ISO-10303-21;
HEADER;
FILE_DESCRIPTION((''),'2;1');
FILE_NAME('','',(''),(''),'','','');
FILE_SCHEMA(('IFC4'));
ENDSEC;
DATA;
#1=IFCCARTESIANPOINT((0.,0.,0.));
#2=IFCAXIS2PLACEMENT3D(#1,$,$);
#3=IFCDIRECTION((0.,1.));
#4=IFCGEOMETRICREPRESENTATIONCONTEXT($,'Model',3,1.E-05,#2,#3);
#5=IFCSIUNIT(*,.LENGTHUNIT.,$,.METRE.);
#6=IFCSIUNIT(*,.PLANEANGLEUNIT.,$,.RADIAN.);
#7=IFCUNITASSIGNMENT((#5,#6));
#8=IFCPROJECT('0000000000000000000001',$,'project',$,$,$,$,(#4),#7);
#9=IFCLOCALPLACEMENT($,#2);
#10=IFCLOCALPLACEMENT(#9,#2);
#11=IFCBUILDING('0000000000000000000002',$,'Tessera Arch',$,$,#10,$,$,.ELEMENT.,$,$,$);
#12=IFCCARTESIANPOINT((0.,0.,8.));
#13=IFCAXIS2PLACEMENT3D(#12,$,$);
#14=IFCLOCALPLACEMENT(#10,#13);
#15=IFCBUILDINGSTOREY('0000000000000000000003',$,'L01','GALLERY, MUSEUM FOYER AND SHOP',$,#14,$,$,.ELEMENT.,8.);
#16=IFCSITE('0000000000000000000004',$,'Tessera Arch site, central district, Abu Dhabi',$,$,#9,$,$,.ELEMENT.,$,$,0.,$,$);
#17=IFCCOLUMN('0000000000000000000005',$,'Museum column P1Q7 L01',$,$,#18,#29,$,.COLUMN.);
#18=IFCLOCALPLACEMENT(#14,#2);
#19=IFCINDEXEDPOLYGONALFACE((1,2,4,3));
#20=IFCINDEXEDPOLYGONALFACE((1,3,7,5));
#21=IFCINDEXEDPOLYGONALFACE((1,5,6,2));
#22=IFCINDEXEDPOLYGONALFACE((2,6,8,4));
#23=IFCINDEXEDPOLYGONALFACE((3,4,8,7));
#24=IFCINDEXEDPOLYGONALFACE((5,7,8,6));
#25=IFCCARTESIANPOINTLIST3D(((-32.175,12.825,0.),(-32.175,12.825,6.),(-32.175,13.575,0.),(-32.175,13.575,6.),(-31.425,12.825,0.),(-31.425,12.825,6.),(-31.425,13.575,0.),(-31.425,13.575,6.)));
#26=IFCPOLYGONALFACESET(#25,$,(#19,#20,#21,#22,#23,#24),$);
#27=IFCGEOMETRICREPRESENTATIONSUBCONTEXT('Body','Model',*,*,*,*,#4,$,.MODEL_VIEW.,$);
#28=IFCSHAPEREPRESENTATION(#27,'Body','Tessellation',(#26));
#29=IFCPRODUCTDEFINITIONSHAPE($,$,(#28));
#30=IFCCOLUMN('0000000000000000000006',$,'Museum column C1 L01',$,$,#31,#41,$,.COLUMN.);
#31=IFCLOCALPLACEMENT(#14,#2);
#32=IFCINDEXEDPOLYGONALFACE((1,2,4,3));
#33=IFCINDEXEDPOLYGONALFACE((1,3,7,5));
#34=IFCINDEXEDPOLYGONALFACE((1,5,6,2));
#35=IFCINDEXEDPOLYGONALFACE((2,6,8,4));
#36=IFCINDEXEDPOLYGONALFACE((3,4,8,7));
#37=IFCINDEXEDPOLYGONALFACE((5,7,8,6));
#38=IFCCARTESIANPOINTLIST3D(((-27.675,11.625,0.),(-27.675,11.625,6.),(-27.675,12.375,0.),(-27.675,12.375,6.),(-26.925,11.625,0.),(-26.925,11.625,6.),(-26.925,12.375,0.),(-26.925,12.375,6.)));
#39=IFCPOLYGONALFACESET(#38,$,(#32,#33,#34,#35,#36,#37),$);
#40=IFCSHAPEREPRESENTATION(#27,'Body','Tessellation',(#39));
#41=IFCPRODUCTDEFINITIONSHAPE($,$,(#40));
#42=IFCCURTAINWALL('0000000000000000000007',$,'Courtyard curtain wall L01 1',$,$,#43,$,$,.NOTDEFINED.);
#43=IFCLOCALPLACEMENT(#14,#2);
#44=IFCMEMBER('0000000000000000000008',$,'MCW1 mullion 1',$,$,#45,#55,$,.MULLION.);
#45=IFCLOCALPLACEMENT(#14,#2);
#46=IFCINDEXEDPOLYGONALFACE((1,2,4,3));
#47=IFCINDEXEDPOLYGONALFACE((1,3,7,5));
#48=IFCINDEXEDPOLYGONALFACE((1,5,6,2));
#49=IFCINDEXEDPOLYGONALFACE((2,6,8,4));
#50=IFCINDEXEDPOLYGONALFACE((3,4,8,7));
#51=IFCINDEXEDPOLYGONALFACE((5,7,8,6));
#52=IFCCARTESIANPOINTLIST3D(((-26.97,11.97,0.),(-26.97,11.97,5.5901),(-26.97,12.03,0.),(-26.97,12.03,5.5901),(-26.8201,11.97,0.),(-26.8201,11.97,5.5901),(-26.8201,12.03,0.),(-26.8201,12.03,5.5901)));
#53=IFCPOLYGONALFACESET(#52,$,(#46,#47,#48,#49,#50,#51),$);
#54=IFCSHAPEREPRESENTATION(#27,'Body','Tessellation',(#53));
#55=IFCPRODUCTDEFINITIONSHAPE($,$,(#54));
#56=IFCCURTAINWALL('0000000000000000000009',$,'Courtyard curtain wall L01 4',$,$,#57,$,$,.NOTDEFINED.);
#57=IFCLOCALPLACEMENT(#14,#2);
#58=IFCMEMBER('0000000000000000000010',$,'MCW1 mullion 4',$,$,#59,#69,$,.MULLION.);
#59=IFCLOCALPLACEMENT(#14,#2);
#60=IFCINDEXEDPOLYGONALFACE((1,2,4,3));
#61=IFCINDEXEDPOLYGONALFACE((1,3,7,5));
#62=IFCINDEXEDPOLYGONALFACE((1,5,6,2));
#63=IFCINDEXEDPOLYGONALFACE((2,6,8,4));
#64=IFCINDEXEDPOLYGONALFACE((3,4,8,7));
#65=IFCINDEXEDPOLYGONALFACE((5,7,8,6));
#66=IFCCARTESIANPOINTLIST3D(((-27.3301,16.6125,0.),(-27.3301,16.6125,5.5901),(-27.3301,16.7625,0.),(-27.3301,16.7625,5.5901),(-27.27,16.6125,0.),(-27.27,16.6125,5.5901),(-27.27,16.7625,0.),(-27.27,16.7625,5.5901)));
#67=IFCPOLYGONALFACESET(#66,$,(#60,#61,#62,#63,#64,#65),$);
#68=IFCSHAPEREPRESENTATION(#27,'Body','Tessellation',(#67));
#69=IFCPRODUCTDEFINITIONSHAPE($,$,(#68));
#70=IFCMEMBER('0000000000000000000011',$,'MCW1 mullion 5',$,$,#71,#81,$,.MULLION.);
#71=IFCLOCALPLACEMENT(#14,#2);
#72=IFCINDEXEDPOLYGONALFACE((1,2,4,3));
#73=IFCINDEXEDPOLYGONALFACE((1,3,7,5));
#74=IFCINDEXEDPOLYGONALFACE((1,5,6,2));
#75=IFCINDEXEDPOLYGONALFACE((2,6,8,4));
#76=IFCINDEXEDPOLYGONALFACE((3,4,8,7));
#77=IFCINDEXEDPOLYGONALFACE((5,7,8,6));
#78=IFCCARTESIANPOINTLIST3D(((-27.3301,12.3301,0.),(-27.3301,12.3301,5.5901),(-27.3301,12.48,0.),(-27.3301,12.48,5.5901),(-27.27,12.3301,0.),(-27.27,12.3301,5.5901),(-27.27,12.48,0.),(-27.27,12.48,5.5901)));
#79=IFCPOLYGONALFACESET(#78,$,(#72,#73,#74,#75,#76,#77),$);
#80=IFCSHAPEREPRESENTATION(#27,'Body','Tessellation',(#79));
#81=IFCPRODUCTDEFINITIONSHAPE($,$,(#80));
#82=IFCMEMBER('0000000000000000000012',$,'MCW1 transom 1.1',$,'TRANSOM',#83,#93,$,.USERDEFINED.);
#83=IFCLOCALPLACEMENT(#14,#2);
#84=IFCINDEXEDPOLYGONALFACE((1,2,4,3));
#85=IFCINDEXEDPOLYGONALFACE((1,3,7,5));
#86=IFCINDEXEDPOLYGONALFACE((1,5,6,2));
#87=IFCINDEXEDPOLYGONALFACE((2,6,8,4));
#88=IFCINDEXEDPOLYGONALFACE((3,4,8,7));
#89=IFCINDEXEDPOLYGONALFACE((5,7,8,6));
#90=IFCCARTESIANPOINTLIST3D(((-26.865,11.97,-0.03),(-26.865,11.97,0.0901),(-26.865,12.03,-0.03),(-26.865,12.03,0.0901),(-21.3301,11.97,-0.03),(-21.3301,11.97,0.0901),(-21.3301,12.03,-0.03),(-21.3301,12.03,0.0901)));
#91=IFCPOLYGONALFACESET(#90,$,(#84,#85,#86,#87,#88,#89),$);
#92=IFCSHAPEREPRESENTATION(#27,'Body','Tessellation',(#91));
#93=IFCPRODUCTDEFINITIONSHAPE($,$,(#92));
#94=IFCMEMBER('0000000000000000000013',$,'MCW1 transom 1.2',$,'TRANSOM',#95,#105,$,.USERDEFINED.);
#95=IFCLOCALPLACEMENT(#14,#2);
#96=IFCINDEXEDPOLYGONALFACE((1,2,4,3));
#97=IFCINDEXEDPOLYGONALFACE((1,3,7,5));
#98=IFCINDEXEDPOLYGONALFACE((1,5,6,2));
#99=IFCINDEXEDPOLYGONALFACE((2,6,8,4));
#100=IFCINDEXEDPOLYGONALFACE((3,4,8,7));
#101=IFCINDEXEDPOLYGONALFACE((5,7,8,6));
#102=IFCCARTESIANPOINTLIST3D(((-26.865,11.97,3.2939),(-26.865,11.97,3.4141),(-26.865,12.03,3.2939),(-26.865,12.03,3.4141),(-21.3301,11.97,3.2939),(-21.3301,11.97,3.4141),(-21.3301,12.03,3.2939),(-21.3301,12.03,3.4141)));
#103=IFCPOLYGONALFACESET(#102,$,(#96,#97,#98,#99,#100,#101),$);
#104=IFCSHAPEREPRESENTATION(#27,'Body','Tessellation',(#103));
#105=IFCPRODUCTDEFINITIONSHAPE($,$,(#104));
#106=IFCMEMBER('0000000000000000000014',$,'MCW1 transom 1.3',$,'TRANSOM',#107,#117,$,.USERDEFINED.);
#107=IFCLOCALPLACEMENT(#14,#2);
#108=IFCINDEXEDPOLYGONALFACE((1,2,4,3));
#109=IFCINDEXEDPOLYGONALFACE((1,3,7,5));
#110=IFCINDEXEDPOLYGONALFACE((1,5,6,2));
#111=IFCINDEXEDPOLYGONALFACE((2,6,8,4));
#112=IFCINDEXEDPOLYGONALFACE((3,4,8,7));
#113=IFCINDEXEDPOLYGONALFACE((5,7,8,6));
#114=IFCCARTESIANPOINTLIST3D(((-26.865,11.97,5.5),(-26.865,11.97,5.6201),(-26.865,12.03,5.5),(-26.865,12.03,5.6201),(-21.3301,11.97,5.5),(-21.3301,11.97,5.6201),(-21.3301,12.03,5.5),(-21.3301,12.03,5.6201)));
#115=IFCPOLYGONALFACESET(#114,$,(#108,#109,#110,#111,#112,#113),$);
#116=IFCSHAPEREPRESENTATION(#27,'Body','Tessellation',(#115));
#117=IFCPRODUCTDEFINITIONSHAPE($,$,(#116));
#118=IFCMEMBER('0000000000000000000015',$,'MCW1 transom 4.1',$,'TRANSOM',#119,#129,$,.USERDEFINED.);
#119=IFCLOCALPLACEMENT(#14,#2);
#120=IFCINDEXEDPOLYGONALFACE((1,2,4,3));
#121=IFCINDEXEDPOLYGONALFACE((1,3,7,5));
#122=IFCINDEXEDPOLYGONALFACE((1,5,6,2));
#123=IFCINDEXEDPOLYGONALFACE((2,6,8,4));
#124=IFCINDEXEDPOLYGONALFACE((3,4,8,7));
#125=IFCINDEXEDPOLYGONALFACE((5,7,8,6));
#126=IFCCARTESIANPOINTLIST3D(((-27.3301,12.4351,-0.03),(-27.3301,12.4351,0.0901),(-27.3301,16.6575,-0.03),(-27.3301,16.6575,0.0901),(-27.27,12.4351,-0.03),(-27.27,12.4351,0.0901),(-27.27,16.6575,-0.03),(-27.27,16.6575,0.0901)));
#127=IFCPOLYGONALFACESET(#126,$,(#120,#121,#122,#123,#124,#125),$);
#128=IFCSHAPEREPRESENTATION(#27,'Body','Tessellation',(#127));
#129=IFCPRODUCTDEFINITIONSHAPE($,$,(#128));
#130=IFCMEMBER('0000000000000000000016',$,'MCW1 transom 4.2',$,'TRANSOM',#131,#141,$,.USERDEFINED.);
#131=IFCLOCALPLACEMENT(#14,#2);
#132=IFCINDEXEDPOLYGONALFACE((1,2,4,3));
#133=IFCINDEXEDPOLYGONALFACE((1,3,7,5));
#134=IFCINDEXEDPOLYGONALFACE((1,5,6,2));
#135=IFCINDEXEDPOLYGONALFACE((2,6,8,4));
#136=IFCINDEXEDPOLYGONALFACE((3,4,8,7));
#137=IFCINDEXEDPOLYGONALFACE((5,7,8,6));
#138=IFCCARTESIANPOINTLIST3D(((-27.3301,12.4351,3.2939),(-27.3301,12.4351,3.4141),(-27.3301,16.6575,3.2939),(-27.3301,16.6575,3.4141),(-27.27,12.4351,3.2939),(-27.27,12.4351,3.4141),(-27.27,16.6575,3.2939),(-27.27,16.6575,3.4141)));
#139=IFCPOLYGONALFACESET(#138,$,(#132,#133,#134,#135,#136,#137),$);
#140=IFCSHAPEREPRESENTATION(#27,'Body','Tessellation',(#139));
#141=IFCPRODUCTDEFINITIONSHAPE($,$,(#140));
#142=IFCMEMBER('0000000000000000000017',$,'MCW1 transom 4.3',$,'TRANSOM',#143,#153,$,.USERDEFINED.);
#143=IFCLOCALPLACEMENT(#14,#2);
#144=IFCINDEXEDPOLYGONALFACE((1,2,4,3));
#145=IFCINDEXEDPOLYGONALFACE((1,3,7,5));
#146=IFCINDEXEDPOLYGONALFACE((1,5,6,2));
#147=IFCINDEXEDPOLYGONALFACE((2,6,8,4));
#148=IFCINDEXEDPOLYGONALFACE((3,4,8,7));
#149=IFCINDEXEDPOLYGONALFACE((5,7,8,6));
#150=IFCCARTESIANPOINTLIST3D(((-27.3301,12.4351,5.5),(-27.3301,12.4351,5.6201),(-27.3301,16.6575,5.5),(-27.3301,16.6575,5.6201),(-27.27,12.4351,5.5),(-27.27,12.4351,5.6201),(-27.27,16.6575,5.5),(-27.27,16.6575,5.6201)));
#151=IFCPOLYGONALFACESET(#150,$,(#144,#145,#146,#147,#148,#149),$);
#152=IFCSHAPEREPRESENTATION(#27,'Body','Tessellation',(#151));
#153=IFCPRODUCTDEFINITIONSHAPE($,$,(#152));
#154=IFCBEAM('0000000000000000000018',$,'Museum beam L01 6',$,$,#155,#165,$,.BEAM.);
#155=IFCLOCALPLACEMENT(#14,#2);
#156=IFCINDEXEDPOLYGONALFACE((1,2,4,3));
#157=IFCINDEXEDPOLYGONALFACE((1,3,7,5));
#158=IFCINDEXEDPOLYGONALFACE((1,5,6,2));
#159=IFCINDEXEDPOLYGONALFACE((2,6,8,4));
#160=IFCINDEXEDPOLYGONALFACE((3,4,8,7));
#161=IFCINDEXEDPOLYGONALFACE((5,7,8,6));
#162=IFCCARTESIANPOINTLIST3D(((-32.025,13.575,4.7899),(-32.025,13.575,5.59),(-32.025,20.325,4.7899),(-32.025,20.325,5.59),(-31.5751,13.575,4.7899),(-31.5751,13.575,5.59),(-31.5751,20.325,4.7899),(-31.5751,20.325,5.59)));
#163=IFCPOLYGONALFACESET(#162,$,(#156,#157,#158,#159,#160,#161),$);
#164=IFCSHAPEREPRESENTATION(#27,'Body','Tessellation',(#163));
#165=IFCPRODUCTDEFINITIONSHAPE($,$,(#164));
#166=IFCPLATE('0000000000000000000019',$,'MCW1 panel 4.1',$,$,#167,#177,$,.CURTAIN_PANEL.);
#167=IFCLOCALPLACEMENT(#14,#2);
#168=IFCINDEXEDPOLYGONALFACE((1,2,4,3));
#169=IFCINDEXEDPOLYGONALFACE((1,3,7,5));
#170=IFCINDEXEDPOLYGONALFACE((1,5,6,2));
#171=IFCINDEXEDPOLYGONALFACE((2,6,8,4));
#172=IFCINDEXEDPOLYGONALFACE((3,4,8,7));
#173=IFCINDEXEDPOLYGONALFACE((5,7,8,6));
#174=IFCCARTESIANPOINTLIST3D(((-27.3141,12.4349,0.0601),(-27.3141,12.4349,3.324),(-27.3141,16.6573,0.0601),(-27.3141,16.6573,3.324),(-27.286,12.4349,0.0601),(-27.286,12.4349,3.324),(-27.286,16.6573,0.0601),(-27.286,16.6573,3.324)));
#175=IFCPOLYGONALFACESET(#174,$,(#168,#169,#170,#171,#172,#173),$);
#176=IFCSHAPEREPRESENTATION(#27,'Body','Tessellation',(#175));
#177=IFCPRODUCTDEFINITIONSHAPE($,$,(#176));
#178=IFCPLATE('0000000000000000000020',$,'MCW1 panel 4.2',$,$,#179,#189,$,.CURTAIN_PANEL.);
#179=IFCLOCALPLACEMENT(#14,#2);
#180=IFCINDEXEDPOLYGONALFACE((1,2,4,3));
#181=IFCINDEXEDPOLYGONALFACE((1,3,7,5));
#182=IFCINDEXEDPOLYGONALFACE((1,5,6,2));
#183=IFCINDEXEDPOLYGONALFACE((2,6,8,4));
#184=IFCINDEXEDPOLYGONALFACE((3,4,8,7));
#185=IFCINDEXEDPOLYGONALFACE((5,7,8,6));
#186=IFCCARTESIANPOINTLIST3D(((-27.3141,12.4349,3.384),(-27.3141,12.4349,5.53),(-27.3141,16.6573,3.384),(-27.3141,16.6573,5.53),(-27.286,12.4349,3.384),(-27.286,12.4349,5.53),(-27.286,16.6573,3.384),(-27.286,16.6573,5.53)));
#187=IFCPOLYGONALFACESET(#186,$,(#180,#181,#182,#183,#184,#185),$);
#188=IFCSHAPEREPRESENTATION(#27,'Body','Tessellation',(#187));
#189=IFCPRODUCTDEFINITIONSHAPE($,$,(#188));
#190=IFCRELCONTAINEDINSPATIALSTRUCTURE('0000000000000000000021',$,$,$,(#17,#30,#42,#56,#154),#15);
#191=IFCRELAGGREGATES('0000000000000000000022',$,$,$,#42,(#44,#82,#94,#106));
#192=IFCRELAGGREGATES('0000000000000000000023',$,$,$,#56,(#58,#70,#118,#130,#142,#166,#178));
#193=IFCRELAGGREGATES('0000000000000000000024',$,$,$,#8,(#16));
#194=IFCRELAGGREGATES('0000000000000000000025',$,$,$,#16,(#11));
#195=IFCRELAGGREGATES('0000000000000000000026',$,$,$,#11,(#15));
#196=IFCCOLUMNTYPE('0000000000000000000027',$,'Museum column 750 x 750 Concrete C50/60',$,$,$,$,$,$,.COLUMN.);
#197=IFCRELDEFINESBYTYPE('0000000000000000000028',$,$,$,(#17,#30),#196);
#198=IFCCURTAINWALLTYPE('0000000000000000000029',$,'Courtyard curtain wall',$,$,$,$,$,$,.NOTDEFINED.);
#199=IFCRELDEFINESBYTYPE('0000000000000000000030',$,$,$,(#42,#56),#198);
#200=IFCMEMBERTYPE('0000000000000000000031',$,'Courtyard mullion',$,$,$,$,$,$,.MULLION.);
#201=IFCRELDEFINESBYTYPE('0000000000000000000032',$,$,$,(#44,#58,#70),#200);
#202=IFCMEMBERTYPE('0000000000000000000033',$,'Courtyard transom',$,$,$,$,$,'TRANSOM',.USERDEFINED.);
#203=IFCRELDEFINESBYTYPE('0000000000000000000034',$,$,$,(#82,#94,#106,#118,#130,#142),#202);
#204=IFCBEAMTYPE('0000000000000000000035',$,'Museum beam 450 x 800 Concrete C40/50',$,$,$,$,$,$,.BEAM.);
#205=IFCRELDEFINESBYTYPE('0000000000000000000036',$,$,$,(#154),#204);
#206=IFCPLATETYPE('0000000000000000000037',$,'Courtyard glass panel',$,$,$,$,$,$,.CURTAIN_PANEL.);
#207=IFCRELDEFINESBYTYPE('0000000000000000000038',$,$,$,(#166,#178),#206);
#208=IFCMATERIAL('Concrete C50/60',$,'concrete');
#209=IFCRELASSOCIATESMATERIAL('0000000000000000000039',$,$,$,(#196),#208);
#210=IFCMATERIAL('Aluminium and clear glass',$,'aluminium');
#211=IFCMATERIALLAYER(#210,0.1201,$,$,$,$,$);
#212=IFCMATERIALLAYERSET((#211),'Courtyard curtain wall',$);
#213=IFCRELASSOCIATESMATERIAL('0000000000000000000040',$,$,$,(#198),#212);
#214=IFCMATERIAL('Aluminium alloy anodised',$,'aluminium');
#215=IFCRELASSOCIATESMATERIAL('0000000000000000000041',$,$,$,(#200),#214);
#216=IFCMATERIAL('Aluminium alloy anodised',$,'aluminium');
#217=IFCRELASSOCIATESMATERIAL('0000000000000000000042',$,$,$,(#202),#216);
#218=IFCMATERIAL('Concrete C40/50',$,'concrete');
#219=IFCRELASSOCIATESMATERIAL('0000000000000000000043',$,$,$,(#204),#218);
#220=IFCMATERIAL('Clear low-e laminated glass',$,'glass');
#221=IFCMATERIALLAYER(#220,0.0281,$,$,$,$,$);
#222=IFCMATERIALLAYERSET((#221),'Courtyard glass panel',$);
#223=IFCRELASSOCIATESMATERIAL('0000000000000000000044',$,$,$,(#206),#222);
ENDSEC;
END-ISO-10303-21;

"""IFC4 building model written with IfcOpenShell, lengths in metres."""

from ifc_helpers import new_model, si_unit, direction, frame, origin, origin_2d, place, context, subcontext, project, spatial, rectangle, extrude, material, layer, layer_set, material_profile, profile_set, type_object, element, aggregate, save


model = new_model("IFC4")

# Units and contexts
model_context = context("Model", 3, precision=1e-05, world=origin(), true_north=direction((0.0, 1.0)))
body_context = subcontext(model_context, "Body", "Model", "MODEL_VIEW")
ifc_project = project(units=[si_unit("LENGTHUNIT", "METRE"), si_unit("PLANEANGLEUNIT", "RADIAN")], contexts=[model_context])

# Site, building, storey
site_placement = place(None, origin())
site = spatial("IfcSite", under=ifc_project, at=site_placement, Name="Tessera Arch site, central district, Abu Dhabi", CompositionType="ELEMENT", RefElevation=0.0)
building_placement = place(site_placement, origin())
building = spatial("IfcBuilding", under=site, at=building_placement, Name="Tessera Arch", CompositionType="ELEMENT")
storey_placement = place(building_placement, frame((0.0, 0.0, 8.0)))
storey = spatial("IfcBuildingStorey", under=building, at=storey_placement, Name="L01", Description="GALLERY, MUSEUM FOYER AND SHOP", CompositionType="ELEMENT", Elevation=8.0)

# Columns
ifc_material_1 = material(Name="Concrete C50/60", Category="concrete")
ifc_material_profile_1 = material_profile(ifc_material_1, rectangle(XDim=0.75, YDim=0.75, at=origin_2d()), Name="Museum column 750 x 750 Concrete C50/60")
ifc_profile_set_1 = profile_set([ifc_material_profile_1], Name="Concrete C50/60")
column_type = type_object("IfcColumnType", Name="Museum column 750 x 750 Concrete C50/60", PredefinedType="COLUMN", material=ifc_profile_set_1)
for number, where, z_axis, x_axis, name in (
    (1, (-31.8, 13.2, 0.0), (0.0, 0.0, 1.0), (1.0, 0.0, 0.0), "Museum column P1Q7 L01"),
    (2, (-27.3, 12.0, 0.0), (0.0, 0.0, 1.0), (1.0, 0.0, 0.0), "Museum column C1 L01"),
):
    element("IfcColumn", number, at=place(storey_placement, frame(where, z_axis=z_axis, x_axis=x_axis)), inside=storey, type_object=column_type, Name=name, PredefinedType="COLUMN", context=body_context, shape_type="SweptSolid", body=[
        extrude(rectangle(XDim=0.75, YDim=0.75, at=origin_2d()), origin(), (0.0, 0.0, 1.0), 6.0),
    ])

# Curtain wall, member
ifc_material_2 = material(Name="Aluminium and clear glass", Category="aluminium")
ifc_layer_1 = layer(ifc_material_2, 0.1201)
ifc_layer_set_1 = layer_set([ifc_layer_1], Name="Courtyard curtain wall")
curtain_wall_type = type_object("IfcCurtainWallType", Name="Courtyard curtain wall", PredefinedType="NOTDEFINED", material=ifc_layer_set_1)
curtain_wall_1_placement = place(storey_placement, origin())
curtain_wall_1 = element("IfcCurtainWall", 3, at=curtain_wall_1_placement, inside=storey, type_object=curtain_wall_type, Name="Courtyard curtain wall L01 1", PredefinedType="NOTDEFINED")
ifc_material_3 = material(Name="Aluminium alloy anodised", Category="aluminium")
ifc_material_profile_2 = material_profile(ifc_material_3, rectangle(XDim=0.0601, YDim=0.1499, at=origin_2d()), Name="Courtyard mullion")
ifc_profile_set_2 = profile_set([ifc_material_profile_2], Name="Aluminium alloy anodised")
member_type_1 = type_object("IfcMemberType", Name="Courtyard mullion", PredefinedType="MULLION", material=ifc_profile_set_2)
member_1_placement = place(storey_placement, frame((-26.895, 12.0, 0.0), z_axis=(0.0, 0.0, 1.0), x_axis=(0.0, 1.0, 0.0)))
member_1 = element("IfcMember", 4, at=member_1_placement, type_object=member_type_1, Name="MCW1 mullion 1", PredefinedType="MULLION", context=body_context, shape_type="SweptSolid", body=[
    extrude(rectangle(XDim=0.0601, YDim=0.1499, at=origin_2d()), origin(), (0.0, 0.0, 1.0), 5.5901),
])

# Curtain wall, members
curtain_wall_2_placement = place(storey_placement, origin())
curtain_wall_2 = element("IfcCurtainWall", 5, at=curtain_wall_2_placement, inside=storey, type_object=curtain_wall_type, Name="Courtyard curtain wall L01 4", PredefinedType="NOTDEFINED")
member_2_placement = place(storey_placement, frame((-27.3, 16.6875, 0.0), z_axis=(0.0, 0.0, 1.0), x_axis=(1.0, 0.0, 0.0)))
member_2 = element("IfcMember", 6, at=member_2_placement, type_object=member_type_1, Name="MCW1 mullion 4", PredefinedType="MULLION", context=body_context, shape_type="SweptSolid", body=[
    extrude(rectangle(XDim=0.0601, YDim=0.1499, at=origin_2d()), origin(), (0.0, 0.0, 1.0), 5.5901),
])
member_3_placement = place(storey_placement, frame((-27.3, 12.405, 0.0), z_axis=(0.0, 0.0, 1.0), x_axis=(1.0, 0.0, 0.0)))
member_3 = element("IfcMember", 7, at=member_3_placement, type_object=member_type_1, Name="MCW1 mullion 5", PredefinedType="MULLION", context=body_context, shape_type="SweptSolid", body=[
    extrude(rectangle(XDim=0.0601, YDim=0.1499, at=origin_2d()), origin(), (0.0, 0.0, 1.0), 5.5901),
])

# Members
ifc_material_4 = material(Name="Aluminium alloy anodised", Category="aluminium")
ifc_material_profile_3 = material_profile(ifc_material_4, rectangle(XDim=0.0601, YDim=0.1201, at=origin_2d()), Name="Courtyard transom")
ifc_profile_set_3 = profile_set([ifc_material_profile_3], Name="Aluminium alloy anodised")
member_type_2 = type_object("IfcMemberType", Name="Courtyard transom", ElementType="TRANSOM", PredefinedType="USERDEFINED", material=ifc_profile_set_3)
member_4_placement = place(storey_placement, frame((-26.865, 12.0, 0.03), z_axis=(1.0, 0.0, 0.0), x_axis=(0.0, 1.0, 0.0)))
member_4 = element("IfcMember", 8, at=member_4_placement, type_object=member_type_2, Name="MCW1 transom 1.1", ObjectType="TRANSOM", PredefinedType="USERDEFINED", context=body_context, shape_type="SweptSolid", body=[
    extrude(rectangle(XDim=0.0601, YDim=0.1201, at=origin_2d()), origin(), (0.0, 0.0, 1.0), 5.5349),
])
member_5_placement = place(storey_placement, frame((-26.865, 12.0, 3.354), z_axis=(1.0, 0.0, 0.0), x_axis=(0.0, 1.0, 0.0)))
member_5 = element("IfcMember", 9, at=member_5_placement, type_object=member_type_2, Name="MCW1 transom 1.2", ObjectType="TRANSOM", PredefinedType="USERDEFINED", context=body_context, shape_type="SweptSolid", body=[
    extrude(rectangle(XDim=0.0601, YDim=0.1201, at=origin_2d()), origin(), (0.0, 0.0, 1.0), 5.5349),
])
member_6_placement = place(storey_placement, frame((-26.865, 12.0, 5.5601), z_axis=(1.0, 0.0, 0.0), x_axis=(0.0, 1.0, 0.0)))
member_6 = element("IfcMember", 10, at=member_6_placement, type_object=member_type_2, Name="MCW1 transom 1.3", ObjectType="TRANSOM", PredefinedType="USERDEFINED", context=body_context, shape_type="SweptSolid", body=[
    extrude(rectangle(XDim=0.0601, YDim=0.1201, at=origin_2d()), origin(), (0.0, 0.0, 1.0), 5.5349),
])
aggregate(curtain_wall_1, [member_1, member_4, member_5, member_6])
member_7_placement = place(storey_placement, frame((-27.3, 16.6575, 0.03), z_axis=(0.0, -1.0, 0.0), x_axis=(1.0, 0.0, 0.0)))
member_7 = element("IfcMember", 11, at=member_7_placement, type_object=member_type_2, Name="MCW1 transom 4.1", ObjectType="TRANSOM", PredefinedType="USERDEFINED", context=body_context, shape_type="SweptSolid", body=[
    extrude(rectangle(XDim=0.0601, YDim=0.1201, at=origin_2d()), origin(), (0.0, 0.0, 1.0), 4.2224),
])
member_8_placement = place(storey_placement, frame((-27.3, 16.6575, 3.354), z_axis=(0.0, -1.0, 0.0), x_axis=(1.0, 0.0, 0.0)))
member_8 = element("IfcMember", 12, at=member_8_placement, type_object=member_type_2, Name="MCW1 transom 4.2", ObjectType="TRANSOM", PredefinedType="USERDEFINED", context=body_context, shape_type="SweptSolid", body=[
    extrude(rectangle(XDim=0.0601, YDim=0.1201, at=origin_2d()), origin(), (0.0, 0.0, 1.0), 4.2224),
])
member_9_placement = place(storey_placement, frame((-27.3, 16.6575, 5.5601), z_axis=(0.0, -1.0, 0.0), x_axis=(1.0, 0.0, 0.0)))
member_9 = element("IfcMember", 13, at=member_9_placement, type_object=member_type_2, Name="MCW1 transom 4.3", ObjectType="TRANSOM", PredefinedType="USERDEFINED", context=body_context, shape_type="SweptSolid", body=[
    extrude(rectangle(XDim=0.0601, YDim=0.1201, at=origin_2d()), origin(), (0.0, 0.0, 1.0), 4.2224),
])

# Beam
ifc_material_5 = material(Name="Concrete C40/50", Category="concrete")
ifc_material_profile_4 = material_profile(ifc_material_5, rectangle(XDim=0.45, YDim=0.8, at=origin_2d()), Name="Museum beam 450 x 800 Concrete C40/50")
ifc_profile_set_4 = profile_set([ifc_material_profile_4], Name="Concrete C40/50")
beam_type = type_object("IfcBeamType", Name="Museum beam 450 x 800 Concrete C40/50", PredefinedType="BEAM", material=ifc_profile_set_4)
beam_placement = place(storey_placement, frame((-31.8, 13.575, 5.1899), z_axis=(0.0, 1.0, 0.0), x_axis=(-1.0, 0.0, 0.0)))
element("IfcBeam", 14, at=beam_placement, inside=storey, type_object=beam_type, Name="Museum beam L01 6", PredefinedType="BEAM", context=body_context, shape_type="SweptSolid", body=[
    extrude(rectangle(XDim=0.45, YDim=0.8, at=origin_2d()), origin(), (0.0, 0.0, 1.0), 6.75),
])

# Plates
ifc_material_6 = material(Name="Clear low-e laminated glass", Category="glass")
ifc_layer_2 = layer(ifc_material_6, 0.0281)
ifc_layer_set_2 = layer_set([ifc_layer_2], Name="Courtyard glass panel")
plate_type = type_object("IfcPlateType", Name="Courtyard glass panel", PredefinedType="CURTAIN_PANEL", material=ifc_layer_set_2)
plate_1_placement = place(storey_placement, frame((-27.3, 14.5461, 0.0601), z_axis=(0.0, 0.0, 1.0), x_axis=(0.0, -1.0, 0.0)))
plate_1 = element("IfcPlate", 15, at=plate_1_placement, type_object=plate_type, Name="MCW1 panel 4.1", PredefinedType="CURTAIN_PANEL", context=body_context, shape_type="SweptSolid", body=[
    extrude(rectangle(XDim=4.2224, YDim=0.0281, at=origin_2d()), origin(), (0.0, 0.0, 1.0), 3.2639),
])
plate_2_placement = place(storey_placement, frame((-27.3, 14.5461, 3.384), z_axis=(0.0, 0.0, 1.0), x_axis=(0.0, -1.0, 0.0)))
plate_2 = element("IfcPlate", 16, at=plate_2_placement, type_object=plate_type, Name="MCW1 panel 4.2", PredefinedType="CURTAIN_PANEL", context=body_context, shape_type="SweptSolid", body=[
    extrude(rectangle(XDim=4.2224, YDim=0.0281, at=origin_2d()), origin(), (0.0, 0.0, 1.0), 2.146),
])
aggregate(curtain_wall_2, [member_2, member_3, member_7, member_8, member_9, plate_1, plate_2])

save(model, "model.ifc")
